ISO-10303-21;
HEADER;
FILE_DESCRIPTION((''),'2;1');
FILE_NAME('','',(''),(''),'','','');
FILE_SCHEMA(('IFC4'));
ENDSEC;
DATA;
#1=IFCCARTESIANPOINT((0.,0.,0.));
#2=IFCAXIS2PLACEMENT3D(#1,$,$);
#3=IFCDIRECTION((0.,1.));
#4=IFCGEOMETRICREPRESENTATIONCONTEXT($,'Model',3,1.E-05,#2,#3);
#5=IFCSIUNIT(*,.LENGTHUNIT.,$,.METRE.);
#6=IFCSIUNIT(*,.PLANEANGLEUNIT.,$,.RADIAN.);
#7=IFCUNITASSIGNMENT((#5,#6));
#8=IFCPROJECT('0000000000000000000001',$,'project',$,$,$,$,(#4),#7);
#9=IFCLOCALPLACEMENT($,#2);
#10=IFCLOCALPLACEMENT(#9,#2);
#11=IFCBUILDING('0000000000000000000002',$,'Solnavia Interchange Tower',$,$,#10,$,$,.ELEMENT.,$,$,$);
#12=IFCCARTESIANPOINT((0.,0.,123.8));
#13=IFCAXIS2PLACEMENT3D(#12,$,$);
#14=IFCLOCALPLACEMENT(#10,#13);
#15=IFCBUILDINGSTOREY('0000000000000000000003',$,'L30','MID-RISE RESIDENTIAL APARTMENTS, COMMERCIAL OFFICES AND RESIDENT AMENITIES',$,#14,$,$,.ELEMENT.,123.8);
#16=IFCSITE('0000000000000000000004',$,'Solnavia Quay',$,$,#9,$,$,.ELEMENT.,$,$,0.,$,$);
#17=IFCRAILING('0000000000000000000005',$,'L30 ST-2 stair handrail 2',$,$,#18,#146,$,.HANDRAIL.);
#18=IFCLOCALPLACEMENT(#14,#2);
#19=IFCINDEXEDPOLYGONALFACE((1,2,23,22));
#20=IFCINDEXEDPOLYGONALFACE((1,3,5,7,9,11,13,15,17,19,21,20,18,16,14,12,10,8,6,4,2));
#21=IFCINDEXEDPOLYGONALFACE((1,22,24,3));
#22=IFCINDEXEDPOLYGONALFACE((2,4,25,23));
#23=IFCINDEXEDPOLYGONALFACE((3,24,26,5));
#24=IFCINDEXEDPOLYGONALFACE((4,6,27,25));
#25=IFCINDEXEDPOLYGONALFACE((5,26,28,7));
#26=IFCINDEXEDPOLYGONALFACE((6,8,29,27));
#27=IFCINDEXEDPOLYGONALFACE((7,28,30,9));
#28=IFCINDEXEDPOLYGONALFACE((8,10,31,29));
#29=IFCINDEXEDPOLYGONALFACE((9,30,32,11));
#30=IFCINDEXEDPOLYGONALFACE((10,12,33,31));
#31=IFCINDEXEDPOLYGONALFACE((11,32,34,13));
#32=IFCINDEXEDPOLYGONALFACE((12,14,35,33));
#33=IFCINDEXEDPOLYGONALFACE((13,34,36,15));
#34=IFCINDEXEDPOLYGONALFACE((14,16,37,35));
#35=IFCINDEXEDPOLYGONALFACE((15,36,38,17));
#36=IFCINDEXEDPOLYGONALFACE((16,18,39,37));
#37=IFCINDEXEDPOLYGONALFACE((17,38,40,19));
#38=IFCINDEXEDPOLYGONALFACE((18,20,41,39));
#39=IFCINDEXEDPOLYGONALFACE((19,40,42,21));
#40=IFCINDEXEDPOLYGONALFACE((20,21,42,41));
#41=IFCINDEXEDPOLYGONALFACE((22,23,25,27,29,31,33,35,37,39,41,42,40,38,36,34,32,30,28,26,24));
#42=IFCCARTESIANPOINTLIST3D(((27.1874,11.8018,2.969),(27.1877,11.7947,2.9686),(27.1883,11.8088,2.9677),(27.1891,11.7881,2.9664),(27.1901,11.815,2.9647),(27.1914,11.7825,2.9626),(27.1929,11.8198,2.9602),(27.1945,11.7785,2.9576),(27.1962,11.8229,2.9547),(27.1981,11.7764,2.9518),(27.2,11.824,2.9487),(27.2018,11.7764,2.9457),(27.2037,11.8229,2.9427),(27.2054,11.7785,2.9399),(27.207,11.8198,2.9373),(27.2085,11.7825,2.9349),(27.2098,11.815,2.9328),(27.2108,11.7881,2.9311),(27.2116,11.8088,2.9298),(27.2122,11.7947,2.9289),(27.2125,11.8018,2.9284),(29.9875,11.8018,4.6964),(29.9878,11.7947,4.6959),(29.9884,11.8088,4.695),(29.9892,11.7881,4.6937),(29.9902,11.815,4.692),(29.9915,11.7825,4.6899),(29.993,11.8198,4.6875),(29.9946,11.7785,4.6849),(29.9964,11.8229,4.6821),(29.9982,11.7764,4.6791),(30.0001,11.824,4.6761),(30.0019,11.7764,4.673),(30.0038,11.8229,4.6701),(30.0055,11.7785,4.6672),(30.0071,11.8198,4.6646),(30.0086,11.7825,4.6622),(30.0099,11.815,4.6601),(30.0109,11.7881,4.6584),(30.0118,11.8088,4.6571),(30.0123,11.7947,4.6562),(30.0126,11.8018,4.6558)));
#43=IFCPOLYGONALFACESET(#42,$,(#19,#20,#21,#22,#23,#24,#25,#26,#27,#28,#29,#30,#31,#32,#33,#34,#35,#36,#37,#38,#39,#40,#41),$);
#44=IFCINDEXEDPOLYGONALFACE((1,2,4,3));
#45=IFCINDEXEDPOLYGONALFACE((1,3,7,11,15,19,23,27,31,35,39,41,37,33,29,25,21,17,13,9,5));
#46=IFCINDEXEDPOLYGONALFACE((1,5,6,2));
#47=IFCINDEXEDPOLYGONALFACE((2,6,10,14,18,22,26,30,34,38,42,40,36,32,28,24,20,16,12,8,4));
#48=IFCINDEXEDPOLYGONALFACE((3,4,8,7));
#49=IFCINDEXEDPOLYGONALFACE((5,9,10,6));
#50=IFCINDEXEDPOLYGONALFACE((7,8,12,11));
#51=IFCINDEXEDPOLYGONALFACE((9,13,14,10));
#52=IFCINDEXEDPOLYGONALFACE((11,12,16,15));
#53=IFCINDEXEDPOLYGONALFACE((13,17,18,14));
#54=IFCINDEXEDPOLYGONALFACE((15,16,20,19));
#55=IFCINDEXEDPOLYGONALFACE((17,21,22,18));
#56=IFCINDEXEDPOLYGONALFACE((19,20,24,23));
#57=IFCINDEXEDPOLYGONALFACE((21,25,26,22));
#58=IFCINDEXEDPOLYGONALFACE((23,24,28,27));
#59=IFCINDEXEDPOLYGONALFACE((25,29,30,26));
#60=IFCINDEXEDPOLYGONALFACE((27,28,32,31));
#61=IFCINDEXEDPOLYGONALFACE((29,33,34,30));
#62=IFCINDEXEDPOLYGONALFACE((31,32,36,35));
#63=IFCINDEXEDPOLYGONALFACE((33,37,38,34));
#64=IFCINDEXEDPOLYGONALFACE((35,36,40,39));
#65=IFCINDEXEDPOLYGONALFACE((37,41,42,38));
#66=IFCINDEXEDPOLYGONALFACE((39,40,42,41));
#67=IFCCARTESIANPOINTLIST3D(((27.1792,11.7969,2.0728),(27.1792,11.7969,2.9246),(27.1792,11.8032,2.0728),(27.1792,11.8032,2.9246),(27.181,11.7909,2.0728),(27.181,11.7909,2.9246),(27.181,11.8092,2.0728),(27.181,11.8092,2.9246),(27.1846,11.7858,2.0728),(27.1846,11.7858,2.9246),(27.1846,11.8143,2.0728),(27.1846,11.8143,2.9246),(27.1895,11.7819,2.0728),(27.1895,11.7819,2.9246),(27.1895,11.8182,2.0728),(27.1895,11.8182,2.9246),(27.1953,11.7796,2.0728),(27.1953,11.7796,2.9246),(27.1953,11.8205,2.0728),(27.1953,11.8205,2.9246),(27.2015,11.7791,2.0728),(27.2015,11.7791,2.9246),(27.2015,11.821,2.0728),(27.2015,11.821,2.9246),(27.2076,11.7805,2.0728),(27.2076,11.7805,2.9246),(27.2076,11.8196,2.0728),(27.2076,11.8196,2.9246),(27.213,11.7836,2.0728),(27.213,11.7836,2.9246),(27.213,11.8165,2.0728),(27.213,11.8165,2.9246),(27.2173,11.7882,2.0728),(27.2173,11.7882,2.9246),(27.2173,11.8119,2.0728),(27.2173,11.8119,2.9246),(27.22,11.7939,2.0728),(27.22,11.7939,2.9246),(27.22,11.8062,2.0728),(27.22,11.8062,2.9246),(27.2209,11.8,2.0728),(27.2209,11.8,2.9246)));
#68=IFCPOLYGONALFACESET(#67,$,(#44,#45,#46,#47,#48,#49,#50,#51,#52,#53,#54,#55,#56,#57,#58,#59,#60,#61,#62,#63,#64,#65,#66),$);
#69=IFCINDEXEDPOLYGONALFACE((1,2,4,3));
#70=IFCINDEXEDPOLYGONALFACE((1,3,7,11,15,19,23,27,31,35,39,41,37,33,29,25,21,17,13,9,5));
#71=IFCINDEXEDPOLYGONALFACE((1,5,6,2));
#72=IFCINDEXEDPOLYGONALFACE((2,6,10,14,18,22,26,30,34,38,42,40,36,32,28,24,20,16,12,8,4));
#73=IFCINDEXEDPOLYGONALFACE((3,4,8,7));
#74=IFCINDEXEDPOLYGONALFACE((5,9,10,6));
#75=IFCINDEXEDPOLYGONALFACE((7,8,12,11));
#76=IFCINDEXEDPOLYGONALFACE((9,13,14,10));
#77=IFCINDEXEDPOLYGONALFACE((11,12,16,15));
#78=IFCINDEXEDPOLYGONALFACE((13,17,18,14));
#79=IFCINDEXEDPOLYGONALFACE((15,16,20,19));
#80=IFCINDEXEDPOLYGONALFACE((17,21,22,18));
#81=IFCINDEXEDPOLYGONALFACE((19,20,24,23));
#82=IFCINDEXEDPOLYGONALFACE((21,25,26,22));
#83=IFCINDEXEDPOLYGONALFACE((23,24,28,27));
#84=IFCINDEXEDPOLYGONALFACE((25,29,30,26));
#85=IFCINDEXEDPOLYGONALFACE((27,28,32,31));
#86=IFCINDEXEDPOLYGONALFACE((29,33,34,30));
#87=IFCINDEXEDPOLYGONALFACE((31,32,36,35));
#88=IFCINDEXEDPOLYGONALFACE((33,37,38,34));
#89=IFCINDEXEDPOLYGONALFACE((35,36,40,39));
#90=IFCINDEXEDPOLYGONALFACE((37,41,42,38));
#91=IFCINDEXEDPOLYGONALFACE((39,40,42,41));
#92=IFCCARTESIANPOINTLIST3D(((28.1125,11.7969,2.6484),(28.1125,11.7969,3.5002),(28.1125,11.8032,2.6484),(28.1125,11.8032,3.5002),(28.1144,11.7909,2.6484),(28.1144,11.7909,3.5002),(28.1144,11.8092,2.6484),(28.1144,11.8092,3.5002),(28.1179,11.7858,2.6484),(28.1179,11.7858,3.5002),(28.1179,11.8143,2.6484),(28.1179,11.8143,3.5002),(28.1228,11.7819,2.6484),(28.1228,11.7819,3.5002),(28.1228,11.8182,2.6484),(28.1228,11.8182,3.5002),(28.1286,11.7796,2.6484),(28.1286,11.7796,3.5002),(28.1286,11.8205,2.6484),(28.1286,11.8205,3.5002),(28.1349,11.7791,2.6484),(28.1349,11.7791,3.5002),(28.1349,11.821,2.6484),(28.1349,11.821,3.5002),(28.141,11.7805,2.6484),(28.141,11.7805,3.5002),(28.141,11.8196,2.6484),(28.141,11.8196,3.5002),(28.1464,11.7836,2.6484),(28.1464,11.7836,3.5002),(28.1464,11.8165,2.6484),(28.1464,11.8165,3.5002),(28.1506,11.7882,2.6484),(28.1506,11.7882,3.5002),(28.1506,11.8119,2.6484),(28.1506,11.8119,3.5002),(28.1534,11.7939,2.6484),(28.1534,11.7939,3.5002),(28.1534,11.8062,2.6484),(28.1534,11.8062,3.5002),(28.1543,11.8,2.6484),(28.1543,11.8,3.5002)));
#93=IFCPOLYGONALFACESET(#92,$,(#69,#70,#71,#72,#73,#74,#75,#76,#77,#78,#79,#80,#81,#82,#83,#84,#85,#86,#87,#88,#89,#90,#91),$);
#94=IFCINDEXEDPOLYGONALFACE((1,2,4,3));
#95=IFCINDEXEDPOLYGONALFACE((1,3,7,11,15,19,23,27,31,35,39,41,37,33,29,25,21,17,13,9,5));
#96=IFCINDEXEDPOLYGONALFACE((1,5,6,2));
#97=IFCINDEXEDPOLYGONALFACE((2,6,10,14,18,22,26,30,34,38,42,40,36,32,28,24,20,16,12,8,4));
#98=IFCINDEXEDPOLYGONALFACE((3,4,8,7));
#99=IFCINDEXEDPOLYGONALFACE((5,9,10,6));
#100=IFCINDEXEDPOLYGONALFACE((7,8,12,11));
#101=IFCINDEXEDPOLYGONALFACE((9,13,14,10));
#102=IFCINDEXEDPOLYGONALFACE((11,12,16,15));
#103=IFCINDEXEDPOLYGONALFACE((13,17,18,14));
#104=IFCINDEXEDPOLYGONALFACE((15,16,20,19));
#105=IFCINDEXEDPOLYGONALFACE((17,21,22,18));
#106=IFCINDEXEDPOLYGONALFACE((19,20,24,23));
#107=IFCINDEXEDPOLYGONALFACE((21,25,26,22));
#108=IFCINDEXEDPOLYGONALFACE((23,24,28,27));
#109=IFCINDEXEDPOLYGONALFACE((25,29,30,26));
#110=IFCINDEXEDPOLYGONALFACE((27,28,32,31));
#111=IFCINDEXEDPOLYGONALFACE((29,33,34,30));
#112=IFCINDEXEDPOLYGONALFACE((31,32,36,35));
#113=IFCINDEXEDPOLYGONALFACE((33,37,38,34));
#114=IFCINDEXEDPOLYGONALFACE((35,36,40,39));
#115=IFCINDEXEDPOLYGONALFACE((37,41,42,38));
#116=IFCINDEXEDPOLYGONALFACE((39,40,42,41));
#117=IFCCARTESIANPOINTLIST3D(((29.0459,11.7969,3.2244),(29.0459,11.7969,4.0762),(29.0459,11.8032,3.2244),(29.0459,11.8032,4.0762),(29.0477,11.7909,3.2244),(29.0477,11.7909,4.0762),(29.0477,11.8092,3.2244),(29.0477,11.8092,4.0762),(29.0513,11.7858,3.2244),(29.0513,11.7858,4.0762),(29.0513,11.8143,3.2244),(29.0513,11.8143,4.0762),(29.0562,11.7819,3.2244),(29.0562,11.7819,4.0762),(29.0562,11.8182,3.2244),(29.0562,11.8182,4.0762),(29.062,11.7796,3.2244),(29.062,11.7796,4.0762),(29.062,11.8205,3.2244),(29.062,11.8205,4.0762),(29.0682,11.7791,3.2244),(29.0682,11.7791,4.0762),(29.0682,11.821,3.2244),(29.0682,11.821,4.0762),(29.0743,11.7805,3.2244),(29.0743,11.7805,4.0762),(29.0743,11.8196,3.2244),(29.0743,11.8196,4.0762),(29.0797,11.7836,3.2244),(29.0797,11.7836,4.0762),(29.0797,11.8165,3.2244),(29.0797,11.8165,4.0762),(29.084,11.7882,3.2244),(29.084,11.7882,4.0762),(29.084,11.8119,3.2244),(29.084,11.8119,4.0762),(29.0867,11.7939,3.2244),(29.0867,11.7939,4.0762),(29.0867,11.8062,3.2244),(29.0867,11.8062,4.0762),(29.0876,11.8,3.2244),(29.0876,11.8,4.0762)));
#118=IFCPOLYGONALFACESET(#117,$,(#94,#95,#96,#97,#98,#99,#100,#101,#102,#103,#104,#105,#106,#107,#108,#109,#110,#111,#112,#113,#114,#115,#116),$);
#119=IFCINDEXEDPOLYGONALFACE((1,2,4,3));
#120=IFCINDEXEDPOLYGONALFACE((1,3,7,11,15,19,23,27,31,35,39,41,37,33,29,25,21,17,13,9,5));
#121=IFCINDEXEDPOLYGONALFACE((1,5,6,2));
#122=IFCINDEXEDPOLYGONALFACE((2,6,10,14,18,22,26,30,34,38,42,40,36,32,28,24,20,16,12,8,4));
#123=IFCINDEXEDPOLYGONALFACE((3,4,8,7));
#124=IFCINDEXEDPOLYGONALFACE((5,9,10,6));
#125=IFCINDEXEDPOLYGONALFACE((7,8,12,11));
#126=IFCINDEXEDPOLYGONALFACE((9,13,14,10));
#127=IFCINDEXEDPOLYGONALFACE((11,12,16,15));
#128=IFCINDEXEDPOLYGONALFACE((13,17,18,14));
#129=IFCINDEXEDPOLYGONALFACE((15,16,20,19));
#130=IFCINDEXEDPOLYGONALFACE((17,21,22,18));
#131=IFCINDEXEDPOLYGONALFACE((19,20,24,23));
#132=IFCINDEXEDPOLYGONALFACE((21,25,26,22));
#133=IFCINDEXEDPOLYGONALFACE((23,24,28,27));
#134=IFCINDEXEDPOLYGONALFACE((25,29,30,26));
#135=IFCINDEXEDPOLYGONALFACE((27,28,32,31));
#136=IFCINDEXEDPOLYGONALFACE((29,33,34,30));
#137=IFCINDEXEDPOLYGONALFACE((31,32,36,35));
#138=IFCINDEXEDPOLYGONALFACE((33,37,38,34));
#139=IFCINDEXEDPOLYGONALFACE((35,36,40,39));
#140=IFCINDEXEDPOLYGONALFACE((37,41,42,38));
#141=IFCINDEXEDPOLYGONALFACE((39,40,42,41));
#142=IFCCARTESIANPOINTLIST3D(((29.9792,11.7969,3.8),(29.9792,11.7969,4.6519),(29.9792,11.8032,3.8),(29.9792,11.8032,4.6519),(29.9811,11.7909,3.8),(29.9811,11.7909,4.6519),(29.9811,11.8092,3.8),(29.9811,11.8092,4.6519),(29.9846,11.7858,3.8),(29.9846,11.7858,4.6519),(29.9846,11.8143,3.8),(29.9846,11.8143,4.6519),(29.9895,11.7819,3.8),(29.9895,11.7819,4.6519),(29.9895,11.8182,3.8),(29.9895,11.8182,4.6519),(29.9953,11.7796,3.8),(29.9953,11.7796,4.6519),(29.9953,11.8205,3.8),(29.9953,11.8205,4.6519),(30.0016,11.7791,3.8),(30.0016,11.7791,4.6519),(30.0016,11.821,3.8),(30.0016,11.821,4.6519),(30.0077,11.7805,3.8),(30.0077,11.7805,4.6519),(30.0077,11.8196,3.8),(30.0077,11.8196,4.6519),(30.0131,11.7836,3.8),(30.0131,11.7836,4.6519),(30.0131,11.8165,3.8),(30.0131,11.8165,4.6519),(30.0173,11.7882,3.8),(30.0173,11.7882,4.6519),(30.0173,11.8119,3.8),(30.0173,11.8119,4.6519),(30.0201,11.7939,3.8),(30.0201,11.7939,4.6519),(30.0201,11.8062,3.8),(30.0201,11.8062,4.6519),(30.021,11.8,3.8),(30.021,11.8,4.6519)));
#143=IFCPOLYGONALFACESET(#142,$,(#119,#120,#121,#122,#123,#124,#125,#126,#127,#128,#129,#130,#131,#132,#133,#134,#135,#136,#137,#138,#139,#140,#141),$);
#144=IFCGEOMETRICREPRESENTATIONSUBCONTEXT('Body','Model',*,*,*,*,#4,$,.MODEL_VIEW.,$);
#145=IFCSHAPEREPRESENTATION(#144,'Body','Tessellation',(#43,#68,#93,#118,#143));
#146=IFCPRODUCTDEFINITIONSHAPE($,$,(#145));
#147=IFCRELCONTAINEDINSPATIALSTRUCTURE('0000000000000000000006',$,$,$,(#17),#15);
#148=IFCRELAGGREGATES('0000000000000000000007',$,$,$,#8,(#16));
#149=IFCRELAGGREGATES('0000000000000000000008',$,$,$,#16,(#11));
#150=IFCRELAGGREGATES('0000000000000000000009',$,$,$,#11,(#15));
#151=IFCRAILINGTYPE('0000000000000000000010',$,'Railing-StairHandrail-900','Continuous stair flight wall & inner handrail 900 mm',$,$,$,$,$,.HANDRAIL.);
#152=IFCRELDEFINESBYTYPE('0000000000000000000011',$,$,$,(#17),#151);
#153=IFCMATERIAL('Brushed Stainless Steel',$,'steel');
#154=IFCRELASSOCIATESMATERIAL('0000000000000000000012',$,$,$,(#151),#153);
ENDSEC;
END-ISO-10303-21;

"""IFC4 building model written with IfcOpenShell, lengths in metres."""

from ifc_helpers import new_model, si_unit, direction, frame, origin, origin_2d, place, context, subcontext, project, spatial, circle, extrude, material, type_object, element, save


model = new_model("IFC4")

# Units and contexts
model_context = context("Model", 3, precision=1e-05, world=origin(), true_north=direction((0.0, 1.0)))
body_context = subcontext(model_context, "Body", "Model", "MODEL_VIEW")
ifc_project = project(units=[si_unit("LENGTHUNIT", "METRE"), si_unit("PLANEANGLEUNIT", "RADIAN")], contexts=[model_context])

# Site, building, storey
site_placement = place(None, origin())
site = spatial("IfcSite", under=ifc_project, at=site_placement, Name="Solnavia Quay", CompositionType="ELEMENT", RefElevation=0.0)
building_placement = place(site_placement, origin())
building = spatial("IfcBuilding", under=site, at=building_placement, Name="Solnavia Interchange Tower", CompositionType="ELEMENT")
storey_placement = place(building_placement, frame((0.0, 0.0, 123.8)))
storey = spatial("IfcBuildingStorey", under=building, at=storey_placement, Name="L30", Description="MID-RISE RESIDENTIAL APARTMENTS, COMMERCIAL OFFICES AND RESIDENT AMENITIES", CompositionType="ELEMENT", Elevation=123.8)

# Railing
ifc_material_1 = material(Name="Brushed Stainless Steel", Category="steel")
railing_type_1 = type_object("IfcRailingType", Name="Railing-StairHandrail-900", Description="Continuous stair flight wall & inner handrail 900 mm", PredefinedType="HANDRAIL", material=ifc_material_1)
railing_1_placement = place(storey_placement, frame((27.2, 11.8, 2.0728)))
element("IfcRailing", 1, at=railing_1_placement, inside=storey, type_object=railing_type_1, Name="L30 ST-2 stair handrail 2", PredefinedType="HANDRAIL", context=body_context, shape_type="SweptSolid", body=[
    extrude(circle(Radius=0.0239, at=origin_2d()), frame((0.0, 0.0, 0.876), z_axis=(0.85109, 0.0, 0.52502), x_axis=(0.0, 1.0, 0.0)), (0.0, 0.0, 1.0), 3.29),
    extrude(circle(Radius=0.021, at=origin_2d()), origin(), (0.0, 0.0, 1.0), 0.8518),
    extrude(circle(Radius=0.021, at=origin_2d()), frame((0.9333, 0.0, 0.5757)), (0.0, 0.0, 1.0), 0.8518),
    extrude(circle(Radius=0.021, at=origin_2d()), frame((1.8667, 0.0, 1.1516)), (0.0, 0.0, 1.0), 0.8518),
    extrude(circle(Radius=0.021, at=origin_2d()), frame((2.8, 0.0, 1.7273)), (0.0, 0.0, 1.0), 0.8518),
])

save(model, "model.ifc")
